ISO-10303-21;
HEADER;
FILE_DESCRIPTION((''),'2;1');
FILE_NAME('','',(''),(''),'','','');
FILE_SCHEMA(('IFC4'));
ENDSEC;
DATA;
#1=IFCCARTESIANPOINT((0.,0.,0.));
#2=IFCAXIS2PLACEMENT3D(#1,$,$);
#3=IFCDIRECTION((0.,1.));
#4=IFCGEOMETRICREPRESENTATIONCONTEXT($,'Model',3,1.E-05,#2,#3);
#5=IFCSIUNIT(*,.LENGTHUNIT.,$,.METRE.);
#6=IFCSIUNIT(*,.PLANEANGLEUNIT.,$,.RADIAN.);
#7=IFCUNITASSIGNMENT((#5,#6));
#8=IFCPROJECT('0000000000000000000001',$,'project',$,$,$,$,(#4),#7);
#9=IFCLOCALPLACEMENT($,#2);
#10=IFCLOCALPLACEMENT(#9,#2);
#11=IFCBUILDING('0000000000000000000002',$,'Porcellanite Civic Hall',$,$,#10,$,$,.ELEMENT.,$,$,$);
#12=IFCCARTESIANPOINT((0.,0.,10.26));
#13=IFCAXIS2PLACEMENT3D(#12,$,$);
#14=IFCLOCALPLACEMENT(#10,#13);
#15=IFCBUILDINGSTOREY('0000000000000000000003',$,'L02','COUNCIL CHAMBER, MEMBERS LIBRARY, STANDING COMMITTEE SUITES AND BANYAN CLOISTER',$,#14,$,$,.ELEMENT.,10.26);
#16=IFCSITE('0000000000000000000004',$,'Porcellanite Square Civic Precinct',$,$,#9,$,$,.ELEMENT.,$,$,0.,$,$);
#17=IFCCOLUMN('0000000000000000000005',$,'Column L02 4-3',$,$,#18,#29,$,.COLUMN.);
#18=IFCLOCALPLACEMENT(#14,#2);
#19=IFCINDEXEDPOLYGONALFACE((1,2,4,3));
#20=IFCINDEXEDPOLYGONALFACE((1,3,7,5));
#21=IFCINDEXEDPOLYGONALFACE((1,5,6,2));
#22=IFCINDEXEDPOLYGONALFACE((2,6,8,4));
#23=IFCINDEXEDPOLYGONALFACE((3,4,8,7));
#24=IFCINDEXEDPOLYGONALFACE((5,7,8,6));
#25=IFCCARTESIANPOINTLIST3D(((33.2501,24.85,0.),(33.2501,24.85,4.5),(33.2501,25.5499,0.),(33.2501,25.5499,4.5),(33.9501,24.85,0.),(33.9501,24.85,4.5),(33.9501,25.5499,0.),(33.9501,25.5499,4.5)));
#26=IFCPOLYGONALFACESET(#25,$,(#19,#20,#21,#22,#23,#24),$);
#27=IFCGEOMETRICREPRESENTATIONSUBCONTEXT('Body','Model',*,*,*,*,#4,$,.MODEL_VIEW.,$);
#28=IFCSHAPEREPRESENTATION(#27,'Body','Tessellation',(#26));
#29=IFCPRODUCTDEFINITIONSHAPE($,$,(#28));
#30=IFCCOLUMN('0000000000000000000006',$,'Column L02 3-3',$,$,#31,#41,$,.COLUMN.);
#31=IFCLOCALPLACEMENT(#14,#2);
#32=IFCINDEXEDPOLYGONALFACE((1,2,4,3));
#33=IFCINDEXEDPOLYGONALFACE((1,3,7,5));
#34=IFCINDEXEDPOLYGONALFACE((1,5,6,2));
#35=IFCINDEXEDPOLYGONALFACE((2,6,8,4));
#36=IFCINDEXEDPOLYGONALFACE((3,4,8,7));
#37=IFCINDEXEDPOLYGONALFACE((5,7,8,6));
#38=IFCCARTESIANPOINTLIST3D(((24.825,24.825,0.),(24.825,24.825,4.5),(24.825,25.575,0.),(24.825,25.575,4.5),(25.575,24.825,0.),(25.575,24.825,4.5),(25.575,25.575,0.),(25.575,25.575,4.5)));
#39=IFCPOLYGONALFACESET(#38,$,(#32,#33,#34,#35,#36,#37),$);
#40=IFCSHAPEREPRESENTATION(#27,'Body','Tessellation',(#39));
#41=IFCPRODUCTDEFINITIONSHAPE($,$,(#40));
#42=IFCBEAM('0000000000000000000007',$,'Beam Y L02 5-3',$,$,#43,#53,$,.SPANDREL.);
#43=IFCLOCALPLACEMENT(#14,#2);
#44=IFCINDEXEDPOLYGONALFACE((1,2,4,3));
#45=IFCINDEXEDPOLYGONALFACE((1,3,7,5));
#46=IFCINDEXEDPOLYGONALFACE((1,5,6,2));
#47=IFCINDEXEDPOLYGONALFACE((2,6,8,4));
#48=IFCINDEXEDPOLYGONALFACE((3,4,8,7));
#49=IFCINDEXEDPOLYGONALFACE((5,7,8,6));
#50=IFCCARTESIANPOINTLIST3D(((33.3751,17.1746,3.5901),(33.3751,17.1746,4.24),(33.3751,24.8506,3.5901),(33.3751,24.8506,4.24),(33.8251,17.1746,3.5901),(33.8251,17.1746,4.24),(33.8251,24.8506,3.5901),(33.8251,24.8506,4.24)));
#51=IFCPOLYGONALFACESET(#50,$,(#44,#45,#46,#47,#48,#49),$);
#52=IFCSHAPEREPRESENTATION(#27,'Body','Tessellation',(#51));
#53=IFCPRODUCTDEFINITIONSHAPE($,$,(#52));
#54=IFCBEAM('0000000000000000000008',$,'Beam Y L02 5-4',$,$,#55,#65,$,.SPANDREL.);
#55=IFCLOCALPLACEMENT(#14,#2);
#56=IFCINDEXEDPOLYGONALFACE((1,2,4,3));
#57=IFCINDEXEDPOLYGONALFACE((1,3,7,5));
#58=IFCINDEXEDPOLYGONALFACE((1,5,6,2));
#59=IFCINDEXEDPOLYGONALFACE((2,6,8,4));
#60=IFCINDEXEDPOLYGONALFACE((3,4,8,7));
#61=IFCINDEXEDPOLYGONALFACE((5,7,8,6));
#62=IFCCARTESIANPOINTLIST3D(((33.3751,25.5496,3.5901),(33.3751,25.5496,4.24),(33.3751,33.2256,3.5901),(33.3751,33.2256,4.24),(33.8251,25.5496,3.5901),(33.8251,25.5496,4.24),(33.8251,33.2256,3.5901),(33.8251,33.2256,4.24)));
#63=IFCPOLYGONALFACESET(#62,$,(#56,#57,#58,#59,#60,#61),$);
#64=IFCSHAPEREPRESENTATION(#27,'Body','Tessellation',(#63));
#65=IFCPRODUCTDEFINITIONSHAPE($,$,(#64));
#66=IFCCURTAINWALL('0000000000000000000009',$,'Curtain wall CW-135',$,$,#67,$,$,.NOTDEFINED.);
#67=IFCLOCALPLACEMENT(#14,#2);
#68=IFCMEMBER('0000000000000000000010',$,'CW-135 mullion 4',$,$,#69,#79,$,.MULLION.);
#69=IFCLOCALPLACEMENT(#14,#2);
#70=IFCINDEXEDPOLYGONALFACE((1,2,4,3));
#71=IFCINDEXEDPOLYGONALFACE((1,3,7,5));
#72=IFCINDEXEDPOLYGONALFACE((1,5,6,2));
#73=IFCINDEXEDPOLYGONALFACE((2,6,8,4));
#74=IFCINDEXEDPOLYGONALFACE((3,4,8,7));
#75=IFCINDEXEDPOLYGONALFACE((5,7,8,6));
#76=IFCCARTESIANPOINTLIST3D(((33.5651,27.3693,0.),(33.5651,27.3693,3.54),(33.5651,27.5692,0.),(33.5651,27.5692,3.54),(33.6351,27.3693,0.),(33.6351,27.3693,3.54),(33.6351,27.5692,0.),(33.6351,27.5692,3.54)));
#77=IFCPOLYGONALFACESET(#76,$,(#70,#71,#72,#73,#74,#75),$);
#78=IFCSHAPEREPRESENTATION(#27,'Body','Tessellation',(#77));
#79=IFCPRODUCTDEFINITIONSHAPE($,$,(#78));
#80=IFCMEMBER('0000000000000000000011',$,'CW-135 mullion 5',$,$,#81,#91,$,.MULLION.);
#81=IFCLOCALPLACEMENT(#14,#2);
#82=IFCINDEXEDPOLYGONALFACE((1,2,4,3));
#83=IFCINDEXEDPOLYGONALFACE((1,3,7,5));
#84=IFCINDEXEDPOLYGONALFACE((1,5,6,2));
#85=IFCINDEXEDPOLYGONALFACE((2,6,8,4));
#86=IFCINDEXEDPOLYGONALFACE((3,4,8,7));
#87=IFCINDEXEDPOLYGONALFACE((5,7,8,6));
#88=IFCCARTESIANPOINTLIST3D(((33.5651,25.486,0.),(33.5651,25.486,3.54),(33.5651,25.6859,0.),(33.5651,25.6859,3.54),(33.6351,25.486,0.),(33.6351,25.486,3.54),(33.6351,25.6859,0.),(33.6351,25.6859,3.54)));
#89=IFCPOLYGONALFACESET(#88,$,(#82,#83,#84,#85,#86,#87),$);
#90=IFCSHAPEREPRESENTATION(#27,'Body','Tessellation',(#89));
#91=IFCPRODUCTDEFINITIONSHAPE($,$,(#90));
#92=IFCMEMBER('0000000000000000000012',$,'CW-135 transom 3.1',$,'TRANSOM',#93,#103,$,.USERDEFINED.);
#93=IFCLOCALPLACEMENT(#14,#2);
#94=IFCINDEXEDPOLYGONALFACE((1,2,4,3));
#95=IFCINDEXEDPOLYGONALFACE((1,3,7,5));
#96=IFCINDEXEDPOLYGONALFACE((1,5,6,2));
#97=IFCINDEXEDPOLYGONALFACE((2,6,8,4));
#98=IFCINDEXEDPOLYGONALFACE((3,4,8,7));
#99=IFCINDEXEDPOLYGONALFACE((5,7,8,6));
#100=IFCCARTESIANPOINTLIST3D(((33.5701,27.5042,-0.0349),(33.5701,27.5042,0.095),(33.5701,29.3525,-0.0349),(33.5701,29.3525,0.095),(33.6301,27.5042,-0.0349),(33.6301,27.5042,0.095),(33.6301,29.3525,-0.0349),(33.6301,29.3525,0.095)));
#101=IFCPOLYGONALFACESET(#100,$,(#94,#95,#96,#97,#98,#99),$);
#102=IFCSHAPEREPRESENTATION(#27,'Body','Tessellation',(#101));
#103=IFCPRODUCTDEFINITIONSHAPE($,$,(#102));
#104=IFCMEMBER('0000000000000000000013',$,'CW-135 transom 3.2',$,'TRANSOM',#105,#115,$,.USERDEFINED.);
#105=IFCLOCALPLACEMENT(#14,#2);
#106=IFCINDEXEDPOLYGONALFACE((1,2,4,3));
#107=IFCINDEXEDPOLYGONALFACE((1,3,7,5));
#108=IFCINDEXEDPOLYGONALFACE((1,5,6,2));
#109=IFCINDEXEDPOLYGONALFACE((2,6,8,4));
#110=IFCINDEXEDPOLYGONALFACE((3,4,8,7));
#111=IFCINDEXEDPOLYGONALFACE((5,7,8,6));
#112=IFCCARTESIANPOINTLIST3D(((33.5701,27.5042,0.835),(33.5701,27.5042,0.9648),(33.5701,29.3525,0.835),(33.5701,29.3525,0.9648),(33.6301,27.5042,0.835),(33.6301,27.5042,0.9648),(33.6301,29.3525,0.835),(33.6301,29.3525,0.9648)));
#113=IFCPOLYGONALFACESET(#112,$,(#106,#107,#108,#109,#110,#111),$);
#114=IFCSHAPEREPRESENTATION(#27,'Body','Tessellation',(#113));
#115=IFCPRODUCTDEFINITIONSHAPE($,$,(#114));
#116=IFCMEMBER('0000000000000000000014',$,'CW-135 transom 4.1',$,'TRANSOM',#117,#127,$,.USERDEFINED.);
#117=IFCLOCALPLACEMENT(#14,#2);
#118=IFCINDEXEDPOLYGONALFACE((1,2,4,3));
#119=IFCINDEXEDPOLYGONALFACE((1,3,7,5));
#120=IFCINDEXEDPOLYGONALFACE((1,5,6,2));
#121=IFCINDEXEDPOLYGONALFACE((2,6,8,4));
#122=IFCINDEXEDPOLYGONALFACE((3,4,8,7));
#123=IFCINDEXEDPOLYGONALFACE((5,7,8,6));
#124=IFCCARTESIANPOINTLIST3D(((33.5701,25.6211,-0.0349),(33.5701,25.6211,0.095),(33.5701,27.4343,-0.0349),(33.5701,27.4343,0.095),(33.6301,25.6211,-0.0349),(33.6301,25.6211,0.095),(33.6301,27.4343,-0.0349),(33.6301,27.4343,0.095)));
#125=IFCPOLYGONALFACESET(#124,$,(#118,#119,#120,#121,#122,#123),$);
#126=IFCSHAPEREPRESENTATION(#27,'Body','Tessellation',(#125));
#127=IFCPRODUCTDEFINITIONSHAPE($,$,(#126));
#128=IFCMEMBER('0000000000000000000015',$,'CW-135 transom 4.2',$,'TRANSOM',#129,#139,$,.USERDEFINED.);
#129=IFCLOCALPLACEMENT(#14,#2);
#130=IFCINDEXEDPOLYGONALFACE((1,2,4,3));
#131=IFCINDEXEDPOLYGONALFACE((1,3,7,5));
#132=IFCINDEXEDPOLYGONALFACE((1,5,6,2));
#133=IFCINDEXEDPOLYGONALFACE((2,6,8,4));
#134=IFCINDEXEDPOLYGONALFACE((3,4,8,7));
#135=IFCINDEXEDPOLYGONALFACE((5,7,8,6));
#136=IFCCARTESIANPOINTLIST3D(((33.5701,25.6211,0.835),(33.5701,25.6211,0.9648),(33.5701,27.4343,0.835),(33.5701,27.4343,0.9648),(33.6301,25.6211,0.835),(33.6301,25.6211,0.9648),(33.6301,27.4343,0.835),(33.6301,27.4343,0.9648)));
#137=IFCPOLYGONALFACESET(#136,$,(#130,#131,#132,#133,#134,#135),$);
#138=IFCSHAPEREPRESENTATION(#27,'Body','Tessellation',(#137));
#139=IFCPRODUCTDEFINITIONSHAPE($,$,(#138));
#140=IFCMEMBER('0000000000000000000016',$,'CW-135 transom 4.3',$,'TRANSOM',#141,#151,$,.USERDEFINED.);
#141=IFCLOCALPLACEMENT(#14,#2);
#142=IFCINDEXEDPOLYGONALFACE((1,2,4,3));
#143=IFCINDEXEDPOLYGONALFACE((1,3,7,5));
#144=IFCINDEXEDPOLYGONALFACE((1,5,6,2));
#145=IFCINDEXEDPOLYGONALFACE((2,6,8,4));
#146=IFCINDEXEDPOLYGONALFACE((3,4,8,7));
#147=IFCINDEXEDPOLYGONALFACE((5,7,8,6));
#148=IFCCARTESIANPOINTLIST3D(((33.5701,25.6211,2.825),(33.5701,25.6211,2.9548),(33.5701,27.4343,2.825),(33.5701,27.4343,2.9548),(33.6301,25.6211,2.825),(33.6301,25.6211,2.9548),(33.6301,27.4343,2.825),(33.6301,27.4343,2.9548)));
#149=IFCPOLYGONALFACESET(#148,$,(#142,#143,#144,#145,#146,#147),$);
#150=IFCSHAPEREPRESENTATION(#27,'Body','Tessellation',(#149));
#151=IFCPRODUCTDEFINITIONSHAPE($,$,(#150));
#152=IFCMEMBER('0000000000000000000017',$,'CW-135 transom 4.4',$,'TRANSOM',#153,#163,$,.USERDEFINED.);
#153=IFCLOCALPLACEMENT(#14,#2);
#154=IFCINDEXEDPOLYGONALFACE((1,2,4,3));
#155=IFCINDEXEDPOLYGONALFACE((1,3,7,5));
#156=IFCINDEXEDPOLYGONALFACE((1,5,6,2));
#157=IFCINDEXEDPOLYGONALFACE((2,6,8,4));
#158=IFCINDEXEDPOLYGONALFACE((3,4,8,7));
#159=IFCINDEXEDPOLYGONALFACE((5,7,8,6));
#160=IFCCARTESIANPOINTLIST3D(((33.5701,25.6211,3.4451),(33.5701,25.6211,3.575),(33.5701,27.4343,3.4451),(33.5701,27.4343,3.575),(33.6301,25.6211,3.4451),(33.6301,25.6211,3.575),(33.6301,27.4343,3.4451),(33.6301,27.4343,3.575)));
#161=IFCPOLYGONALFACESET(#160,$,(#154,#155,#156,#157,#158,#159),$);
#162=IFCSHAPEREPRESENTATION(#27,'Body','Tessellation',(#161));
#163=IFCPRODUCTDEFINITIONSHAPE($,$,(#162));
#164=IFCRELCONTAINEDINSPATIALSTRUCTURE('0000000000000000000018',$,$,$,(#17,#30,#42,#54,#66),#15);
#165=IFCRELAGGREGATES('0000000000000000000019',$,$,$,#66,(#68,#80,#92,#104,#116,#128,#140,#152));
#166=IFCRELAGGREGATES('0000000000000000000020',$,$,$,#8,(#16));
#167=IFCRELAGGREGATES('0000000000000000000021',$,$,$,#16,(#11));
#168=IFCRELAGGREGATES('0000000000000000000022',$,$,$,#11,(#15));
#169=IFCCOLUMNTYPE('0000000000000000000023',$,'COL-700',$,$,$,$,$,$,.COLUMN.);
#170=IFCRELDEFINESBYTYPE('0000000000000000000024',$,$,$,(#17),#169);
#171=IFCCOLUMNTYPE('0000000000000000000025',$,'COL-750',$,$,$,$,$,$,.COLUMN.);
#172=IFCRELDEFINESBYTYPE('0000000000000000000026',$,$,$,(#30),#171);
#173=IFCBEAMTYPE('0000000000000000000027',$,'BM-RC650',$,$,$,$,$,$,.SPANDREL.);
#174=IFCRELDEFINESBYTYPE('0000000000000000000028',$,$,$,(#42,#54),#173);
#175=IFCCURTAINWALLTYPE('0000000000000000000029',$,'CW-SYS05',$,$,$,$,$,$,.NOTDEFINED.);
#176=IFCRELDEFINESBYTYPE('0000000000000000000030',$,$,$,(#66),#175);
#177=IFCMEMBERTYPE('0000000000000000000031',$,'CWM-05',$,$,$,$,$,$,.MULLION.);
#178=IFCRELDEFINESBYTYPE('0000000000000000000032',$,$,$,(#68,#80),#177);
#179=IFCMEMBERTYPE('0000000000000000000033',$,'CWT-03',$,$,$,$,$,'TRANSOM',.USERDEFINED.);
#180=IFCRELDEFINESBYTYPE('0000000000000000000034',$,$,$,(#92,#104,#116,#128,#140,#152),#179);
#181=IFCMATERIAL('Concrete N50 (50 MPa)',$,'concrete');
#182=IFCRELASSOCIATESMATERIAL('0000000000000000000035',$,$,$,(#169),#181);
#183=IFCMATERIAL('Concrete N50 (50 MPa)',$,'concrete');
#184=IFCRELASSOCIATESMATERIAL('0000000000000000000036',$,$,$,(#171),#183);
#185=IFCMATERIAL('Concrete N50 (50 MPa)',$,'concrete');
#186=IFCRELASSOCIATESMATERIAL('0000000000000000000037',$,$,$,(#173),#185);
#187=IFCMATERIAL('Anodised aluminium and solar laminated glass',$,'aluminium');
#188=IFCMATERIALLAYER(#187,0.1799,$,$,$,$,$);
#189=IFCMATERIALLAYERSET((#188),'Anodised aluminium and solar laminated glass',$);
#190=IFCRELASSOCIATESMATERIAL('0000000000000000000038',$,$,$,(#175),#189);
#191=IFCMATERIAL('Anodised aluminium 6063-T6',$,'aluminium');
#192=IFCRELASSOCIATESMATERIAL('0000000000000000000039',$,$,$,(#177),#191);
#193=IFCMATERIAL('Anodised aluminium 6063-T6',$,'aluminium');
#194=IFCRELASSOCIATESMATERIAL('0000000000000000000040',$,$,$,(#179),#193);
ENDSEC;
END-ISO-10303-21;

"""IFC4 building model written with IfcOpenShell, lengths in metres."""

from ifc_helpers import new_model, si_unit, direction, frame, origin, origin_2d, place, context, subcontext, project, spatial, rectangle, extrude, material, layer, layer_set, material_profile, profile_set, type_object, element, aggregate, save


model = new_model("IFC4")

# Units and contexts
model_context = context("Model", 3, precision=1e-05, world=origin(), true_north=direction((0.0, 1.0)))
body_context = subcontext(model_context, "Body", "Model", "MODEL_VIEW")
ifc_project = project(units=[si_unit("LENGTHUNIT", "METRE"), si_unit("PLANEANGLEUNIT", "RADIAN")], contexts=[model_context])

# Site, building, storey
site_placement = place(None, origin())
site = spatial("IfcSite", under=ifc_project, at=site_placement, Name="Porcellanite Square Civic Precinct", CompositionType="ELEMENT", RefElevation=0.0)
building_placement = place(site_placement, origin())
building = spatial("IfcBuilding", under=site, at=building_placement, Name="Porcellanite Civic Hall", CompositionType="ELEMENT")
storey_placement = place(building_placement, frame((0.0, 0.0, 10.26)))
storey = spatial("IfcBuildingStorey", under=building, at=storey_placement, Name="L02", Description="COUNCIL CHAMBER, MEMBERS LIBRARY, STANDING COMMITTEE SUITES AND BANYAN CLOISTER", CompositionType="ELEMENT", Elevation=10.26)

# Columns
ifc_material_1 = material(Name="Concrete N50 (50 MPa)", Category="concrete")
ifc_material_profile_1 = material_profile(ifc_material_1, rectangle(XDim=0.7, YDim=0.7, at=origin_2d()), Name="RC-700x700")
ifc_profile_set_1 = profile_set([ifc_material_profile_1], Name="Concrete N50 (50 MPa)")
column_type_1 = type_object("IfcColumnType", Name="COL-700", PredefinedType="COLUMN", material=ifc_profile_set_1)
column_1_placement = place(storey_placement, frame((33.6001, 25.2, 0.0), z_axis=(0.0, 0.0, 1.0), x_axis=(1.0, 0.0, 0.0)))
element("IfcColumn", 1, at=column_1_placement, inside=storey, type_object=column_type_1, Name="Column L02 4-3", PredefinedType="COLUMN", context=body_context, shape_type="SweptSolid", body=[
    extrude(rectangle(XDim=0.7, YDim=0.7, at=origin_2d()), origin(), (0.0, 0.0, 1.0), 4.5),
])
ifc_material_2 = material(Name="Concrete N50 (50 MPa)", Category="concrete")
ifc_material_profile_2 = material_profile(ifc_material_2, rectangle(XDim=0.75, YDim=0.75, at=origin_2d()), Name="RC-750x750")
ifc_profile_set_2 = profile_set([ifc_material_profile_2], Name="Concrete N50 (50 MPa)")
column_type_2 = type_object("IfcColumnType", Name="COL-750", PredefinedType="COLUMN", material=ifc_profile_set_2)
column_2_placement = place(storey_placement, frame((25.2, 25.2, 0.0), z_axis=(0.0, 0.0, 1.0), x_axis=(1.0, 0.0, 0.0)))
element("IfcColumn", 2, at=column_2_placement, inside=storey, type_object=column_type_2, Name="Column L02 3-3", PredefinedType="COLUMN", context=body_context, shape_type="SweptSolid", body=[
    extrude(rectangle(XDim=0.75, YDim=0.75, at=origin_2d()), origin(), (0.0, 0.0, 1.0), 4.5),
])

# Beams
ifc_material_3 = material(Name="Concrete N50 (50 MPa)", Category="concrete")
ifc_material_profile_3 = material_profile(ifc_material_3, rectangle(XDim=0.45, YDim=0.6499, at=origin_2d()), Name="RC-450x650")
ifc_profile_set_3 = profile_set([ifc_material_profile_3], Name="Concrete N50 (50 MPa)")
beam_type_1 = type_object("IfcBeamType", Name="BM-RC650", PredefinedType="SPANDREL", material=ifc_profile_set_3)
for number, where, z_axis, x_axis, name in (
    (3, (33.6001, 17.1746, 3.915), (0.0, 1.0, 0.0), (-1.0, 0.0, 0.0), "Beam Y L02 5-3"),
    (4, (33.6001, 25.5496, 3.915), (0.0, 1.0, 0.0), (-1.0, 0.0, 0.0), "Beam Y L02 5-4"),
):
    element("IfcBeam", number, at=place(storey_placement, frame(where, z_axis=z_axis, x_axis=x_axis)), inside=storey, type_object=beam_type_1, Name=name, PredefinedType="SPANDREL", context=body_context, shape_type="SweptSolid", body=[
        extrude(rectangle(XDim=0.45, YDim=0.6499, at=origin_2d()), origin(), (0.0, 0.0, 1.0), 7.676),
    ])

# Curtain wall, members
ifc_material_4 = material(Name="Anodised aluminium and solar laminated glass", Category="aluminium")
ifc_layer_1 = layer(ifc_material_4, 0.1799)
ifc_layer_set_1 = layer_set([ifc_layer_1], Name="Anodised aluminium and solar laminated glass")
curtain_wall_type = type_object("IfcCurtainWallType", Name="CW-SYS05", PredefinedType="NOTDEFINED", material=ifc_layer_set_1)
curtain_wall_placement = place(storey_placement, origin())
curtain_wall = element("IfcCurtainWall", 5, at=curtain_wall_placement, inside=storey, type_object=curtain_wall_type, Name="Curtain wall CW-135", PredefinedType="NOTDEFINED")
ifc_material_5 = material(Name="Anodised aluminium 6063-T6", Category="aluminium")
ifc_material_profile_4 = material_profile(ifc_material_5, rectangle(XDim=0.0701, YDim=0.2, at=origin_2d()), Name="AL-70x200")
ifc_profile_set_4 = profile_set([ifc_material_profile_4], Name="Anodised aluminium 6063-T6")
member_type_1 = type_object("IfcMemberType", Name="CWM-05", PredefinedType="MULLION", material=ifc_profile_set_4)
member_1_placement = place(storey_placement, frame((33.6001, 27.4692, 0.0), z_axis=(0.0, 0.0, 1.0), x_axis=(1.0, 0.0, 0.0)))
member_1 = element("IfcMember", 6, at=member_1_placement, type_object=member_type_1, Name="CW-135 mullion 4", PredefinedType="MULLION", context=body_context, shape_type="SweptSolid", body=[
    extrude(rectangle(XDim=0.0701, YDim=0.2, at=origin_2d()), origin(), (0.0, 0.0, 1.0), 3.54),
])
member_2_placement = place(storey_placement, frame((33.6001, 25.5859, 0.0), z_axis=(0.0, 0.0, 1.0), x_axis=(1.0, 0.0, 0.0)))
member_2 = element("IfcMember", 7, at=member_2_placement, type_object=member_type_1, Name="CW-135 mullion 5", PredefinedType="MULLION", context=body_context, shape_type="SweptSolid", body=[
    extrude(rectangle(XDim=0.0701, YDim=0.2, at=origin_2d()), origin(), (0.0, 0.0, 1.0), 3.54),
])
ifc_material_6 = material(Name="Anodised aluminium 6063-T6", Category="aluminium")
ifc_material_profile_5 = material_profile(ifc_material_6, rectangle(XDim=0.0601, YDim=0.1299, at=origin_2d()), Name="AL-60x130")
ifc_profile_set_5 = profile_set([ifc_material_profile_5], Name="Anodised aluminium 6063-T6")
member_type_2 = type_object("IfcMemberType", Name="CWT-03", ElementType="TRANSOM", PredefinedType="USERDEFINED", material=ifc_profile_set_5)
member_3_placement = place(storey_placement, frame((33.6001, 29.3525, 0.03), z_axis=(0.0, -1.0, 0.0), x_axis=(1.0, 0.0, 0.0)))
member_3 = element("IfcMember", 8, at=member_3_placement, type_object=member_type_2, Name="CW-135 transom 3.1", ObjectType="TRANSOM", PredefinedType="USERDEFINED", context=body_context, shape_type="SweptSolid", body=[
    extrude(rectangle(XDim=0.0601, YDim=0.1299, at=origin_2d()), origin(), (0.0, 0.0, 1.0), 1.8484),
])
member_4_placement = place(storey_placement, frame((33.6001, 29.3525, 0.8999), z_axis=(0.0, -1.0, 0.0), x_axis=(1.0, 0.0, 0.0)))
member_4 = element("IfcMember", 9, at=member_4_placement, type_object=member_type_2, Name="CW-135 transom 3.2", ObjectType="TRANSOM", PredefinedType="USERDEFINED", context=body_context, shape_type="SweptSolid", body=[
    extrude(rectangle(XDim=0.0601, YDim=0.1299, at=origin_2d()), origin(), (0.0, 0.0, 1.0), 1.8484),
])
member_5_placement = place(storey_placement, frame((33.6001, 27.4343, 0.03), z_axis=(0.0, -1.0, 0.0), x_axis=(1.0, 0.0, 0.0)))
member_5 = element("IfcMember", 10, at=member_5_placement, type_object=member_type_2, Name="CW-135 transom 4.1", ObjectType="TRANSOM", PredefinedType="USERDEFINED", context=body_context, shape_type="SweptSolid", body=[
    extrude(rectangle(XDim=0.0601, YDim=0.1299, at=origin_2d()), origin(), (0.0, 0.0, 1.0), 1.8132),
])
member_6_placement = place(storey_placement, frame((33.6001, 27.4343, 0.8999), z_axis=(0.0, -1.0, 0.0), x_axis=(1.0, 0.0, 0.0)))
member_6 = element("IfcMember", 11, at=member_6_placement, type_object=member_type_2, Name="CW-135 transom 4.2", ObjectType="TRANSOM", PredefinedType="USERDEFINED", context=body_context, shape_type="SweptSolid", body=[
    extrude(rectangle(XDim=0.0601, YDim=0.1299, at=origin_2d()), origin(), (0.0, 0.0, 1.0), 1.8132),
])
member_7_placement = place(storey_placement, frame((33.6001, 27.4343, 2.8899), z_axis=(0.0, -1.0, 0.0), x_axis=(1.0, 0.0, 0.0)))
member_7 = element("IfcMember", 12, at=member_7_placement, type_object=member_type_2, Name="CW-135 transom 4.3", ObjectType="TRANSOM", PredefinedType="USERDEFINED", context=body_context, shape_type="SweptSolid", body=[
    extrude(rectangle(XDim=0.0601, YDim=0.1299, at=origin_2d()), origin(), (0.0, 0.0, 1.0), 1.8132),
])
member_8_placement = place(storey_placement, frame((33.6001, 27.4343, 3.51), z_axis=(0.0, -1.0, 0.0), x_axis=(1.0, 0.0, 0.0)))
member_8 = element("IfcMember", 13, at=member_8_placement, type_object=member_type_2, Name="CW-135 transom 4.4", ObjectType="TRANSOM", PredefinedType="USERDEFINED", context=body_context, shape_type="SweptSolid", body=[
    extrude(rectangle(XDim=0.0601, YDim=0.1299, at=origin_2d()), origin(), (0.0, 0.0, 1.0), 1.8132),
])

aggregate(curtain_wall, [member_1, member_2, member_3, member_4, member_5, member_6, member_7, member_8])

save(model, "model.ifc")
